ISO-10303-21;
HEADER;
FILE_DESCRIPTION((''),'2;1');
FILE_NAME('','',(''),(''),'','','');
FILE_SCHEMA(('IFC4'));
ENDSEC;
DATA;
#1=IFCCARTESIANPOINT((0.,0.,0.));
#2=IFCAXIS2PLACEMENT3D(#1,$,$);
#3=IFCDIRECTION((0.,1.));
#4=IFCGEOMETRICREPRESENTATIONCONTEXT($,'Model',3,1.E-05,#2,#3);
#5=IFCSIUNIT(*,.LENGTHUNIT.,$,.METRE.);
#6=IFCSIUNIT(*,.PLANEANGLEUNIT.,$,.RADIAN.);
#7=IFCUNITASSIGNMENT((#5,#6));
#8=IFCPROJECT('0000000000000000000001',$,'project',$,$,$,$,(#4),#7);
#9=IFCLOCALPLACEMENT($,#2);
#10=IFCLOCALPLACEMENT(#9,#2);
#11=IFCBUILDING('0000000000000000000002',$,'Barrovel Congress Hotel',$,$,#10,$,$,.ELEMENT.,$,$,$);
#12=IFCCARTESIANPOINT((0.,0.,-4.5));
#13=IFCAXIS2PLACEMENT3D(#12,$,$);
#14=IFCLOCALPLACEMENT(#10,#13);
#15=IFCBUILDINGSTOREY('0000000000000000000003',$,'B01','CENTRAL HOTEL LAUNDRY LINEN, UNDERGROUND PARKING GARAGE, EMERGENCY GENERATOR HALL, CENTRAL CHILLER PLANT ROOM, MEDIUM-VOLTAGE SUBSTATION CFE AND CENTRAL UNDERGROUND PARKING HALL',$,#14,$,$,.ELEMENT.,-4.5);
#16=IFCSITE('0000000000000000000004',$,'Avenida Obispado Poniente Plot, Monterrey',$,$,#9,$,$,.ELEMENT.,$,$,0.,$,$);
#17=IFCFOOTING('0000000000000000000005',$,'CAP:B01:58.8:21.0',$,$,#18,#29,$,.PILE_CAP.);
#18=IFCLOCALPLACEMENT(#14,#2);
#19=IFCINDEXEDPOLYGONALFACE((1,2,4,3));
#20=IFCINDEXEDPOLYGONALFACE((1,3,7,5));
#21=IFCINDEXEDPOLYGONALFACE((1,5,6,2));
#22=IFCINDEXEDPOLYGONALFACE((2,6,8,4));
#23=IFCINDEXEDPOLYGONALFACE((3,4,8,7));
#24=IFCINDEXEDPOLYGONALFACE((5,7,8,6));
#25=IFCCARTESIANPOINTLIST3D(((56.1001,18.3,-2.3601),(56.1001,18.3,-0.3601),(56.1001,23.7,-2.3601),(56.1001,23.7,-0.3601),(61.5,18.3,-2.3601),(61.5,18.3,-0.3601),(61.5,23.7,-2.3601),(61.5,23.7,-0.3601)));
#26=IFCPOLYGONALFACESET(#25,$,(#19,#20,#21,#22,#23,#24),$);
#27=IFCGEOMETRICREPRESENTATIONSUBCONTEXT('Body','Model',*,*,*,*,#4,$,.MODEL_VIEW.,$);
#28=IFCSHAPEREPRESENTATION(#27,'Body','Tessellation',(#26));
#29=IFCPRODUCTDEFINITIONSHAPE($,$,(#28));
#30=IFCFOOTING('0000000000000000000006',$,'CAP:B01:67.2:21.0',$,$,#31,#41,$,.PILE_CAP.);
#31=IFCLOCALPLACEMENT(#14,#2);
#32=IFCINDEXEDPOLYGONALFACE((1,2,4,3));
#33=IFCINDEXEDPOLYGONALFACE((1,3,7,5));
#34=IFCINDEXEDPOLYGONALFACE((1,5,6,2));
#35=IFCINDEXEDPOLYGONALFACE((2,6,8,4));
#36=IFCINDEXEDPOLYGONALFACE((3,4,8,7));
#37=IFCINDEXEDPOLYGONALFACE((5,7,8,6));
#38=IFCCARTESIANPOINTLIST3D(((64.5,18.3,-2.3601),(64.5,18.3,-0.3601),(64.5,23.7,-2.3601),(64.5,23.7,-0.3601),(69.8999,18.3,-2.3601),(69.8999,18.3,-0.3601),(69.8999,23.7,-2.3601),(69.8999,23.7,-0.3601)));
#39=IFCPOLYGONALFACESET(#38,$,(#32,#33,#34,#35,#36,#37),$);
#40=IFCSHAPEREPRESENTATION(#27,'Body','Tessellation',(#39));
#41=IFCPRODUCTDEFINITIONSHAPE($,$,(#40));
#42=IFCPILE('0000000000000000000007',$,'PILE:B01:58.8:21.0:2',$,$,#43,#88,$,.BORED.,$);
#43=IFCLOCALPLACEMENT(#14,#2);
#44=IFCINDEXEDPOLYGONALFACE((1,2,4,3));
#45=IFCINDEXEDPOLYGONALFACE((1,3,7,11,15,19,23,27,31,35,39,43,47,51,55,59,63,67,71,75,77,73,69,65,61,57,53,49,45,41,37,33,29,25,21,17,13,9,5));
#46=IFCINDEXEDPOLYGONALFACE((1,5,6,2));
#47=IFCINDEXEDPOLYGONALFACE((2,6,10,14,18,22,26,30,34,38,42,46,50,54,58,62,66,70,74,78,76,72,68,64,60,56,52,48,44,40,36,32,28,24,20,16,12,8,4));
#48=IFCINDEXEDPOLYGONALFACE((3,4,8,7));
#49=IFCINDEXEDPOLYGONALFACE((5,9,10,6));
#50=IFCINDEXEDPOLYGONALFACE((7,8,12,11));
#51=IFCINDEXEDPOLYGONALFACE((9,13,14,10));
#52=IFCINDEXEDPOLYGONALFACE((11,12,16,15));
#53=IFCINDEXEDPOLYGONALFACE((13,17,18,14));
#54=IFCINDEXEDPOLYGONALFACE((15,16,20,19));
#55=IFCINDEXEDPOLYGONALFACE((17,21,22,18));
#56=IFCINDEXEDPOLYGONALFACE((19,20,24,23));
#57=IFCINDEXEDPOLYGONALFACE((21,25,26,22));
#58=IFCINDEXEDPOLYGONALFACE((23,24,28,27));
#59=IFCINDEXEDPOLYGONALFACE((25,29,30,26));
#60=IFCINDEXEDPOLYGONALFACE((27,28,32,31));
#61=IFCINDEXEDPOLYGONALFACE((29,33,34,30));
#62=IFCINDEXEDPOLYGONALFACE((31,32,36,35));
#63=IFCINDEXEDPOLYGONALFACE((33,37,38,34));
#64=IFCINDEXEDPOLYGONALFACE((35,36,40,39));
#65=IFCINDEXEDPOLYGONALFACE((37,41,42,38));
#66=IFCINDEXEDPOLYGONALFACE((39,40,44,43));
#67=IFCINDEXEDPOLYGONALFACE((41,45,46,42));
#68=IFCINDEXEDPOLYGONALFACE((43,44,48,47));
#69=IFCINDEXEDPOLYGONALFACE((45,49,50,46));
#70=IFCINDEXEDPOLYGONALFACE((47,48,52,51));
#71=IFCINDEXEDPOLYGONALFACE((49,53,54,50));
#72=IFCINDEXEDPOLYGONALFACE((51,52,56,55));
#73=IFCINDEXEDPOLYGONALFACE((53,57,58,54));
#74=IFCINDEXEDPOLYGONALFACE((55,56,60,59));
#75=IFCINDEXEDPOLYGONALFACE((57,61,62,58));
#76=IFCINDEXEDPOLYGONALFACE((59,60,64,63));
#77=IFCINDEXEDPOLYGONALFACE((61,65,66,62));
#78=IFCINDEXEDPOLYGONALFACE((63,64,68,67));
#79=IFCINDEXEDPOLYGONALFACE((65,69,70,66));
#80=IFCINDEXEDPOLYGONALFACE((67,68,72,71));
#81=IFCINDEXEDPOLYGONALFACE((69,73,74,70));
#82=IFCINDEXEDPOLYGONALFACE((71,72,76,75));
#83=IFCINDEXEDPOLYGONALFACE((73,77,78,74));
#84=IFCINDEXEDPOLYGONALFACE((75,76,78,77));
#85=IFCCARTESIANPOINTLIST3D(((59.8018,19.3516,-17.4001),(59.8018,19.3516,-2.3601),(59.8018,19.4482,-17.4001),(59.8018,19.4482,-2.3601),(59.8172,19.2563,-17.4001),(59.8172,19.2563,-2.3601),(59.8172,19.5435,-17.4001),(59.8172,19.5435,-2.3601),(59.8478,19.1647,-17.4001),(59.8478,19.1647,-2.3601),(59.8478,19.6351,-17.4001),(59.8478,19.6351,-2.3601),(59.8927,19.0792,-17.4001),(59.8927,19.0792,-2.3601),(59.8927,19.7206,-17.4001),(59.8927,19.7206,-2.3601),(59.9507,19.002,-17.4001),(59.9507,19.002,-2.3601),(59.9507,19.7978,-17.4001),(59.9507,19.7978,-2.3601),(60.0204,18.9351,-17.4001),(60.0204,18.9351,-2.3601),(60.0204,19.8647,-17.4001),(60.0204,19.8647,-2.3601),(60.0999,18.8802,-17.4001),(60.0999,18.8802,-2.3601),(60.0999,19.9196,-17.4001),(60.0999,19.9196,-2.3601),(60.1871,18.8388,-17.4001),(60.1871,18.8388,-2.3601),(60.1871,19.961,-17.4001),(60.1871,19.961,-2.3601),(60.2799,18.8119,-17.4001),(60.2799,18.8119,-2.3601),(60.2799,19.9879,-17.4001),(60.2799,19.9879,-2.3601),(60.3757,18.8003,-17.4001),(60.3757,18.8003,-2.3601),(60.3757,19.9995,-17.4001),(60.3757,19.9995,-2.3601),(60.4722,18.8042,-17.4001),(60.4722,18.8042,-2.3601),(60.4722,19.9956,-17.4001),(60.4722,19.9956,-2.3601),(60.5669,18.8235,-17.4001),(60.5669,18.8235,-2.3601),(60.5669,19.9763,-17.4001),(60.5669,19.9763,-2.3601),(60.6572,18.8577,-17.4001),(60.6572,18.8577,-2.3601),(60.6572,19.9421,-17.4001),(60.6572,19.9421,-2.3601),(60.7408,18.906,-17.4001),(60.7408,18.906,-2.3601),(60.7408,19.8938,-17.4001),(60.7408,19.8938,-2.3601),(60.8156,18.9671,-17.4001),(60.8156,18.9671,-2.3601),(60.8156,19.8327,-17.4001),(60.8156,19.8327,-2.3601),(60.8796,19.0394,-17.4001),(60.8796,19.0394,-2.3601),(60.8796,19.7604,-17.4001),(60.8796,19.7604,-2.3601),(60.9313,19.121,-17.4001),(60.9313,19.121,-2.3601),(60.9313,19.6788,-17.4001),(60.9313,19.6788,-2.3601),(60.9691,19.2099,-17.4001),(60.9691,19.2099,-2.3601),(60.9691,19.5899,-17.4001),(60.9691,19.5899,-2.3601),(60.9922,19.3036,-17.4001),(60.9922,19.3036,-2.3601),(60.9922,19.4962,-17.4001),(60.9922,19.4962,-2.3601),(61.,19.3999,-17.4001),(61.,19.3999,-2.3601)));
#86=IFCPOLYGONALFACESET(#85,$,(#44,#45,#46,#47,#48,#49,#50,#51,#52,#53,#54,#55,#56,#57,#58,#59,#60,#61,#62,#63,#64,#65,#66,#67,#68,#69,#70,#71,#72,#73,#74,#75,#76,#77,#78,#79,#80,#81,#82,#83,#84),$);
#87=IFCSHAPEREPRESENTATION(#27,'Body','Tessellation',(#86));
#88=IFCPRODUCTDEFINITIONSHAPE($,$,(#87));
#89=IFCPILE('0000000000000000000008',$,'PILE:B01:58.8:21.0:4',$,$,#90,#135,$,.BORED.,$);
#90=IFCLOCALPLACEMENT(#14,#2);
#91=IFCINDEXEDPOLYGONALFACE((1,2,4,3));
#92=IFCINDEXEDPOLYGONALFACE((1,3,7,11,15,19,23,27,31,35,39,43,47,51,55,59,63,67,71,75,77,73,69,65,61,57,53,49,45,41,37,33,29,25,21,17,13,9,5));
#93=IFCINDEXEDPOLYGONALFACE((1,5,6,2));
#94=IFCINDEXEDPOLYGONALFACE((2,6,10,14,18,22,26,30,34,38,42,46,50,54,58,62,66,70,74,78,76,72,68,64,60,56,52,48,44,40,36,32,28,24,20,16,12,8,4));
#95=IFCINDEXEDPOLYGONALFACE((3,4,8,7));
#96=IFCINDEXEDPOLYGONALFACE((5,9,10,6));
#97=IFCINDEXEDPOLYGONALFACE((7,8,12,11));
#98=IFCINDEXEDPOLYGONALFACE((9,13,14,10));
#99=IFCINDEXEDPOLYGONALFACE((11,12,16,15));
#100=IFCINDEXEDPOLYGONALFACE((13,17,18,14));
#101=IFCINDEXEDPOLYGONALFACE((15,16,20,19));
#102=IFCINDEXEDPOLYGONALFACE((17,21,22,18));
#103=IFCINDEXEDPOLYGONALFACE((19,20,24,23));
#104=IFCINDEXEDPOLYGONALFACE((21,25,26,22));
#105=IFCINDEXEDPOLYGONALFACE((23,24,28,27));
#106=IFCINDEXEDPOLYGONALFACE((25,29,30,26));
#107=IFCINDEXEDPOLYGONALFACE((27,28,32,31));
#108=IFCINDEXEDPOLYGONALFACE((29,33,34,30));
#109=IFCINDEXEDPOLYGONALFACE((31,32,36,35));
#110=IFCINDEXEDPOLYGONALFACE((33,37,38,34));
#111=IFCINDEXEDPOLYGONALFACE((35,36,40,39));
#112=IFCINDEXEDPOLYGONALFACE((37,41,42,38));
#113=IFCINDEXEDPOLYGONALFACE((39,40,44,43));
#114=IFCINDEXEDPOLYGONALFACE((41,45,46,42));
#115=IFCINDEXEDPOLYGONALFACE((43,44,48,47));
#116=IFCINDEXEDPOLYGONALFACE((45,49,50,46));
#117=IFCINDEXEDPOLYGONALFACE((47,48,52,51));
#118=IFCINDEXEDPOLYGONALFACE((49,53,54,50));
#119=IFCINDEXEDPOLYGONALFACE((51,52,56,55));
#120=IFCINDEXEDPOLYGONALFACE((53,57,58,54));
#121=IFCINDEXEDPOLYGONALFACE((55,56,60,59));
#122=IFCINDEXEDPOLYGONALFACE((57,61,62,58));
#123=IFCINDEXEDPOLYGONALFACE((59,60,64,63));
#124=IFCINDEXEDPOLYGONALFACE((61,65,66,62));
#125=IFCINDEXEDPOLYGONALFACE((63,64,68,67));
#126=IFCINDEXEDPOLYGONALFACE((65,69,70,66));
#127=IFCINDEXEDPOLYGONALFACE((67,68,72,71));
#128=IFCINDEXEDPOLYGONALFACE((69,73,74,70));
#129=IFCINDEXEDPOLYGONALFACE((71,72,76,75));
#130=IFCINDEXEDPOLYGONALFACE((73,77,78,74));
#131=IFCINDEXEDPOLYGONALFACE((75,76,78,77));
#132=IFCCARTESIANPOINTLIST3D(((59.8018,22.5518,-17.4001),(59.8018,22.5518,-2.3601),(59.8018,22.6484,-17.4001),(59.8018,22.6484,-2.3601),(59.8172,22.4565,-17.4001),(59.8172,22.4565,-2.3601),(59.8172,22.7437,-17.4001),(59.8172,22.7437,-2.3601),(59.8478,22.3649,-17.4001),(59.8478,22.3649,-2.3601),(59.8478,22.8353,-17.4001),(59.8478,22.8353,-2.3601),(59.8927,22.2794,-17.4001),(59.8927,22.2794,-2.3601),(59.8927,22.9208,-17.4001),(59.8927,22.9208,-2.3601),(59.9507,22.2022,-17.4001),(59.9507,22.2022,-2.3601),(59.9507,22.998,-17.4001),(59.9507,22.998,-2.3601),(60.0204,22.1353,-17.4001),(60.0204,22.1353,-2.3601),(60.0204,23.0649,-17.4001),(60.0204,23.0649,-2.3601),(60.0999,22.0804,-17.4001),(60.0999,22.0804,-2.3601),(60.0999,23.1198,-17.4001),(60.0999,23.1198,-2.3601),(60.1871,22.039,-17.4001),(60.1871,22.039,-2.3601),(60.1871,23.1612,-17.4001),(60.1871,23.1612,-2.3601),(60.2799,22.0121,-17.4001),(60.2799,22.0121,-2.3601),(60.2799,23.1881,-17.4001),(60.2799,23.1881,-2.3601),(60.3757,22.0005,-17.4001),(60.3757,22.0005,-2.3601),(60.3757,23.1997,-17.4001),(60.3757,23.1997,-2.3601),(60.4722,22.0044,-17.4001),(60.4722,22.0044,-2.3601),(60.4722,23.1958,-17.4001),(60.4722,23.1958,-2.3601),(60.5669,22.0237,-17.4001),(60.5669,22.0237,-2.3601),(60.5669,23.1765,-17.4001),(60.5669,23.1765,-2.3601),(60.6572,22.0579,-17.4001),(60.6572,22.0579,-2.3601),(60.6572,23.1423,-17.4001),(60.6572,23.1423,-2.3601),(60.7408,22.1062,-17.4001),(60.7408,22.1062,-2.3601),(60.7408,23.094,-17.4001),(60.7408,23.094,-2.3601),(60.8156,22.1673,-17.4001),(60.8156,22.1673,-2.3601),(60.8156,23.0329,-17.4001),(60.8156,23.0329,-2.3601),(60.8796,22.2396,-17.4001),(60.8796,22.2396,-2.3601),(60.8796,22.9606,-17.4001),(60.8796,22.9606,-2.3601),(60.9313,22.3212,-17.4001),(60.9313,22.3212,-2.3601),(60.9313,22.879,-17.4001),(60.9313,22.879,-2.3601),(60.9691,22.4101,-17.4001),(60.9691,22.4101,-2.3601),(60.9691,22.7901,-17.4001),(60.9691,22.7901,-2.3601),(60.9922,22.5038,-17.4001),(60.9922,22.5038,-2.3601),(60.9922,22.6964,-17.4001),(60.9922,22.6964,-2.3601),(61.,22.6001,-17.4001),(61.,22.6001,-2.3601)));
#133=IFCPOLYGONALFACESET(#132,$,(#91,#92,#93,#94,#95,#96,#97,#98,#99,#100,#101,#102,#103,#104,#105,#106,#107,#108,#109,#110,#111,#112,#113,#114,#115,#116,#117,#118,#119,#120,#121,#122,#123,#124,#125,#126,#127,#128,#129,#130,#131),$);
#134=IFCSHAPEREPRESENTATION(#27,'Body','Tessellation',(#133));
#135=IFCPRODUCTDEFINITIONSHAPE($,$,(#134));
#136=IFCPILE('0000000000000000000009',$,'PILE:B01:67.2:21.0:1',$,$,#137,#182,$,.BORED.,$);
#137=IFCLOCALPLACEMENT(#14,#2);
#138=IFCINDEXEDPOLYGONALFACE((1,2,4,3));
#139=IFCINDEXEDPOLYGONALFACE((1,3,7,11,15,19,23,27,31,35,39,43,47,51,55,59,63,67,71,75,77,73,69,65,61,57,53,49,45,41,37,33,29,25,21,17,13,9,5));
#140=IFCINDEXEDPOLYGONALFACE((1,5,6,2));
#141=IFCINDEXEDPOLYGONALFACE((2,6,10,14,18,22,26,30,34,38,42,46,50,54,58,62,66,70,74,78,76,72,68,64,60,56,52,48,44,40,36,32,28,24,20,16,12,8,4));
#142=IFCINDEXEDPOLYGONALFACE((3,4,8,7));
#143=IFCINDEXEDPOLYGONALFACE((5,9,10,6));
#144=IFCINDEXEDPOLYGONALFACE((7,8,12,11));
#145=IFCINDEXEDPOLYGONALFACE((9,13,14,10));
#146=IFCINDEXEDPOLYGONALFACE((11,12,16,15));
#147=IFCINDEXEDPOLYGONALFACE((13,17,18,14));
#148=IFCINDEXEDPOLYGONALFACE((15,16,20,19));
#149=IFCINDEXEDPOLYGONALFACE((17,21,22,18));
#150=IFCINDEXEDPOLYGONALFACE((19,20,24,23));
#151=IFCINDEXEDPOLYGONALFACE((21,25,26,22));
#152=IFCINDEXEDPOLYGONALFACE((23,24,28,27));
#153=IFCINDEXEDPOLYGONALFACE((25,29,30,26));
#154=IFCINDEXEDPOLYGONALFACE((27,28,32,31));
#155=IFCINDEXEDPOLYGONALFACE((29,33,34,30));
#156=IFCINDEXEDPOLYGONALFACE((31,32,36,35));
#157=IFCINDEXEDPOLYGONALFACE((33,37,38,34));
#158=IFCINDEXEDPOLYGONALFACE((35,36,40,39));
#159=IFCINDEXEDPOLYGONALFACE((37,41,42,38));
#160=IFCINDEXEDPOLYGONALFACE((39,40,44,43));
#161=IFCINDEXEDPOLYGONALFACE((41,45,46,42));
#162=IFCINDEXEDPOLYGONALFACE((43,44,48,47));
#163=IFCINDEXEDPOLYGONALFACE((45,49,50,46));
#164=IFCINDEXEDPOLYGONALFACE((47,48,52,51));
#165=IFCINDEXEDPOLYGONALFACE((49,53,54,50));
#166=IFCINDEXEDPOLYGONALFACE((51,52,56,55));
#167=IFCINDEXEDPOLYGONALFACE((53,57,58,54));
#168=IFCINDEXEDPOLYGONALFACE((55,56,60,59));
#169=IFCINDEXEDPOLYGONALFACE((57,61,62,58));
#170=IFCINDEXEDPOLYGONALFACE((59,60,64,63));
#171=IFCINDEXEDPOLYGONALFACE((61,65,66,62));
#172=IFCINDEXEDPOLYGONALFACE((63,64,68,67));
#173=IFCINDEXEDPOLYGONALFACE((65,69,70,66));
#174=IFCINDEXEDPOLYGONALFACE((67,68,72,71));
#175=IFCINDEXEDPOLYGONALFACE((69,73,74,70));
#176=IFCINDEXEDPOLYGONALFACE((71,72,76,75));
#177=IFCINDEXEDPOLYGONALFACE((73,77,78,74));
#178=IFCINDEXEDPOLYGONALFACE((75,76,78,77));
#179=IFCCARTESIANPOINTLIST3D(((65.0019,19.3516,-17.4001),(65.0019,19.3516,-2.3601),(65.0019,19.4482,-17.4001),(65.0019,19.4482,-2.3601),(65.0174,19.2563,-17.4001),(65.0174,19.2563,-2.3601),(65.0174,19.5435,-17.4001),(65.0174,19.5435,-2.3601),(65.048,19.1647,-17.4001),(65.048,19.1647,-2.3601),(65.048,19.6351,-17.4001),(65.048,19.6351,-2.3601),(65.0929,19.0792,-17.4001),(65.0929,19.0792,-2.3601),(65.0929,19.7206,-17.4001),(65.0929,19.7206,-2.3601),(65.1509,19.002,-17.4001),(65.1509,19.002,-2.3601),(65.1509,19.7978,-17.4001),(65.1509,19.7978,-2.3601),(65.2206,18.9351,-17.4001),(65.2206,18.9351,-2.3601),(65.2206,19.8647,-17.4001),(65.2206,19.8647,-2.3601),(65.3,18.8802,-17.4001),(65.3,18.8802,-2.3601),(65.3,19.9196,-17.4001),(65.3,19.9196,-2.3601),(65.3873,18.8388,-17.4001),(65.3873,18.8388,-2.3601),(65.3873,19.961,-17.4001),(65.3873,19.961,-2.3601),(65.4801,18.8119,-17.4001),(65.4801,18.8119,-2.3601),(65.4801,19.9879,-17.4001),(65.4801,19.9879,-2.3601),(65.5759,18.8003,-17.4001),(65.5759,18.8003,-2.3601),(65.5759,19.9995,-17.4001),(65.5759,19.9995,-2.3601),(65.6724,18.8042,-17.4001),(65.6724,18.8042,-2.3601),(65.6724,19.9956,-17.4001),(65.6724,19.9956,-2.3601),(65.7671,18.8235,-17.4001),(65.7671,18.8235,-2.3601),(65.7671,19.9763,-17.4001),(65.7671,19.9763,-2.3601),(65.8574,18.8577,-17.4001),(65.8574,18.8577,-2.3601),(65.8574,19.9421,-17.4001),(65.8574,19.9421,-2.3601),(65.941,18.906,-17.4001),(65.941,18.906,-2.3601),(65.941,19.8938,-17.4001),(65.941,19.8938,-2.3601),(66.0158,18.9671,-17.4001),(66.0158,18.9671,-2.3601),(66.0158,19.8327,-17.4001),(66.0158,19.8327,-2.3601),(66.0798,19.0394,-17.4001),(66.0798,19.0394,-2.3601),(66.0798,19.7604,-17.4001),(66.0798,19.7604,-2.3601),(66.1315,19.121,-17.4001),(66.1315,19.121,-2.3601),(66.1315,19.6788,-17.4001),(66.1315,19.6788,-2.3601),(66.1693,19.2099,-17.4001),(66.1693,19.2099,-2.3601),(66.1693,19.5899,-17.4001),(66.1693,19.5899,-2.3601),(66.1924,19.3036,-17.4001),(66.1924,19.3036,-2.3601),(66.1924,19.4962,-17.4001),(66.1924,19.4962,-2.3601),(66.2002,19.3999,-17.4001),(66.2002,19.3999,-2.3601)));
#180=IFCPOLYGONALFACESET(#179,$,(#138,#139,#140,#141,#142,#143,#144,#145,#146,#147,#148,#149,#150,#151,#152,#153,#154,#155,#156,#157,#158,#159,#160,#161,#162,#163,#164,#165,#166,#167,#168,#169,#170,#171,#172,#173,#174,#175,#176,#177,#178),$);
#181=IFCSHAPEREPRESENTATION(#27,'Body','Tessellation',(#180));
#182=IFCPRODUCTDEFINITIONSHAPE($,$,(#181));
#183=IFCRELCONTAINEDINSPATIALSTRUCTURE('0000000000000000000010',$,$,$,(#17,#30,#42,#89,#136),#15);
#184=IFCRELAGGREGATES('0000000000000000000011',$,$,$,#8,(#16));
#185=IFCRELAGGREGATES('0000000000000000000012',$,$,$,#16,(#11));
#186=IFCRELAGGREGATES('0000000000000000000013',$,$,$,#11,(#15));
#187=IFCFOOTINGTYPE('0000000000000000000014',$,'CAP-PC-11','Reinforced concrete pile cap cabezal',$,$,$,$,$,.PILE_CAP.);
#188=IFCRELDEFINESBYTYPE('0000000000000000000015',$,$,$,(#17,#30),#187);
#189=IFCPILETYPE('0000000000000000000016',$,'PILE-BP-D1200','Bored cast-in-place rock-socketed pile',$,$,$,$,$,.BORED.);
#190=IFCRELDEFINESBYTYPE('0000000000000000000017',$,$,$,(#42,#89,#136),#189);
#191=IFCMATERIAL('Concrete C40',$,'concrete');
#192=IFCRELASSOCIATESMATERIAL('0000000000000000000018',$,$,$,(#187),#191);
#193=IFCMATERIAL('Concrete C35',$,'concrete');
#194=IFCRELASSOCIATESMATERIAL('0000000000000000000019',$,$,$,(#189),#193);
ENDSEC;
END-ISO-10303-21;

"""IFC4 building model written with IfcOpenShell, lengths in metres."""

from ifc_helpers import new_model, si_unit, direction, frame, origin, origin_2d, place, context, subcontext, project, spatial, rectangle, circle, extrude, material, material_profile, profile_set, type_object, element, save


model = new_model("IFC4")

# Units and contexts
model_context = context("Model", 3, precision=1e-05, world=origin(), true_north=direction((0.0, 1.0)))
body_context = subcontext(model_context, "Body", "Model", "MODEL_VIEW")
ifc_project = project(units=[si_unit("LENGTHUNIT", "METRE"), si_unit("PLANEANGLEUNIT", "RADIAN")], contexts=[model_context])

# Site, building, storey
site_placement = place(None, origin())
site = spatial("IfcSite", under=ifc_project, at=site_placement, Name="Avenida Obispado Poniente Plot, Monterrey", CompositionType="ELEMENT", RefElevation=0.0)
building_placement = place(site_placement, origin())
building = spatial("IfcBuilding", under=site, at=building_placement, Name="Barrovel Congress Hotel", CompositionType="ELEMENT")
storey_placement = place(building_placement, frame((0.0, 0.0, -4.5)))
storey = spatial("IfcBuildingStorey", under=building, at=storey_placement, Name="B01", Description="CENTRAL HOTEL LAUNDRY LINEN, UNDERGROUND PARKING GARAGE, EMERGENCY GENERATOR HALL, CENTRAL CHILLER PLANT ROOM, MEDIUM-VOLTAGE SUBSTATION CFE AND CENTRAL UNDERGROUND PARKING HALL", CompositionType="ELEMENT", Elevation=-4.5)

# Footings
ifc_material_1 = material(Name="Concrete C40", Category="concrete")
footing_type = type_object("IfcFootingType", Name="CAP-PC-11", Description="Reinforced concrete pile cap cabezal", PredefinedType="PILE_CAP", material=ifc_material_1)
for number, where, z_axis, x_axis, name in (
    (1, (58.8, 21.0, -2.3601), (0.0, 0.0, 1.0), (1.0, 0.0, 0.0), "CAP:B01:58.8:21.0"),
    (2, (67.2, 21.0, -2.3601), (0.0, 0.0, 1.0), (1.0, 0.0, 0.0), "CAP:B01:67.2:21.0"),
):
    element("IfcFooting", number, at=place(storey_placement, frame(where, z_axis=z_axis, x_axis=x_axis)), inside=storey, type_object=footing_type, Name=name, PredefinedType="PILE_CAP", context=body_context, shape_type="SweptSolid", body=[
        extrude(rectangle(XDim=5.3999, YDim=5.3999, at=origin_2d()), origin(), (0.0, 0.0, 1.0), 2.0),
    ])

# Piles
ifc_material_2 = material(Name="Concrete C35", Category="concrete")
ifc_material_profile_1 = material_profile(ifc_material_2, circle(Radius=0.6001, at=origin_2d()), Name="BP-D1200")
ifc_profile_set_1 = profile_set([ifc_material_profile_1], Name="Concrete C35")
pile_type = type_object("IfcPileType", Name="PILE-BP-D1200", Description="Bored cast-in-place rock-socketed pile", PredefinedType="BORED", material=ifc_profile_set_1)
for number, where, z_axis, x_axis, name in (
    (3, (60.3999, 19.3999, -2.3601), (0.0, 0.0, -1.0), (1.0, 0.0, 0.0), "PILE:B01:58.8:21.0:2"),
    (4, (60.3999, 22.6001, -2.3601), (0.0, 0.0, -1.0), (1.0, 0.0, 0.0), "PILE:B01:58.8:21.0:4"),
    (5, (65.6001, 19.3999, -2.3601), (0.0, 0.0, -1.0), (1.0, 0.0, 0.0), "PILE:B01:67.2:21.0:1"),
):
    element("IfcPile", number, at=place(storey_placement, frame(where, z_axis=z_axis, x_axis=x_axis)), inside=storey, type_object=pile_type, Name=name, PredefinedType="BORED", context=body_context, shape_type="SweptSolid", body=[
        extrude(circle(Radius=0.6001, at=origin_2d()), origin(), (0.0, 0.0, 1.0), 15.04),
    ])

save(model, "model.ifc")
